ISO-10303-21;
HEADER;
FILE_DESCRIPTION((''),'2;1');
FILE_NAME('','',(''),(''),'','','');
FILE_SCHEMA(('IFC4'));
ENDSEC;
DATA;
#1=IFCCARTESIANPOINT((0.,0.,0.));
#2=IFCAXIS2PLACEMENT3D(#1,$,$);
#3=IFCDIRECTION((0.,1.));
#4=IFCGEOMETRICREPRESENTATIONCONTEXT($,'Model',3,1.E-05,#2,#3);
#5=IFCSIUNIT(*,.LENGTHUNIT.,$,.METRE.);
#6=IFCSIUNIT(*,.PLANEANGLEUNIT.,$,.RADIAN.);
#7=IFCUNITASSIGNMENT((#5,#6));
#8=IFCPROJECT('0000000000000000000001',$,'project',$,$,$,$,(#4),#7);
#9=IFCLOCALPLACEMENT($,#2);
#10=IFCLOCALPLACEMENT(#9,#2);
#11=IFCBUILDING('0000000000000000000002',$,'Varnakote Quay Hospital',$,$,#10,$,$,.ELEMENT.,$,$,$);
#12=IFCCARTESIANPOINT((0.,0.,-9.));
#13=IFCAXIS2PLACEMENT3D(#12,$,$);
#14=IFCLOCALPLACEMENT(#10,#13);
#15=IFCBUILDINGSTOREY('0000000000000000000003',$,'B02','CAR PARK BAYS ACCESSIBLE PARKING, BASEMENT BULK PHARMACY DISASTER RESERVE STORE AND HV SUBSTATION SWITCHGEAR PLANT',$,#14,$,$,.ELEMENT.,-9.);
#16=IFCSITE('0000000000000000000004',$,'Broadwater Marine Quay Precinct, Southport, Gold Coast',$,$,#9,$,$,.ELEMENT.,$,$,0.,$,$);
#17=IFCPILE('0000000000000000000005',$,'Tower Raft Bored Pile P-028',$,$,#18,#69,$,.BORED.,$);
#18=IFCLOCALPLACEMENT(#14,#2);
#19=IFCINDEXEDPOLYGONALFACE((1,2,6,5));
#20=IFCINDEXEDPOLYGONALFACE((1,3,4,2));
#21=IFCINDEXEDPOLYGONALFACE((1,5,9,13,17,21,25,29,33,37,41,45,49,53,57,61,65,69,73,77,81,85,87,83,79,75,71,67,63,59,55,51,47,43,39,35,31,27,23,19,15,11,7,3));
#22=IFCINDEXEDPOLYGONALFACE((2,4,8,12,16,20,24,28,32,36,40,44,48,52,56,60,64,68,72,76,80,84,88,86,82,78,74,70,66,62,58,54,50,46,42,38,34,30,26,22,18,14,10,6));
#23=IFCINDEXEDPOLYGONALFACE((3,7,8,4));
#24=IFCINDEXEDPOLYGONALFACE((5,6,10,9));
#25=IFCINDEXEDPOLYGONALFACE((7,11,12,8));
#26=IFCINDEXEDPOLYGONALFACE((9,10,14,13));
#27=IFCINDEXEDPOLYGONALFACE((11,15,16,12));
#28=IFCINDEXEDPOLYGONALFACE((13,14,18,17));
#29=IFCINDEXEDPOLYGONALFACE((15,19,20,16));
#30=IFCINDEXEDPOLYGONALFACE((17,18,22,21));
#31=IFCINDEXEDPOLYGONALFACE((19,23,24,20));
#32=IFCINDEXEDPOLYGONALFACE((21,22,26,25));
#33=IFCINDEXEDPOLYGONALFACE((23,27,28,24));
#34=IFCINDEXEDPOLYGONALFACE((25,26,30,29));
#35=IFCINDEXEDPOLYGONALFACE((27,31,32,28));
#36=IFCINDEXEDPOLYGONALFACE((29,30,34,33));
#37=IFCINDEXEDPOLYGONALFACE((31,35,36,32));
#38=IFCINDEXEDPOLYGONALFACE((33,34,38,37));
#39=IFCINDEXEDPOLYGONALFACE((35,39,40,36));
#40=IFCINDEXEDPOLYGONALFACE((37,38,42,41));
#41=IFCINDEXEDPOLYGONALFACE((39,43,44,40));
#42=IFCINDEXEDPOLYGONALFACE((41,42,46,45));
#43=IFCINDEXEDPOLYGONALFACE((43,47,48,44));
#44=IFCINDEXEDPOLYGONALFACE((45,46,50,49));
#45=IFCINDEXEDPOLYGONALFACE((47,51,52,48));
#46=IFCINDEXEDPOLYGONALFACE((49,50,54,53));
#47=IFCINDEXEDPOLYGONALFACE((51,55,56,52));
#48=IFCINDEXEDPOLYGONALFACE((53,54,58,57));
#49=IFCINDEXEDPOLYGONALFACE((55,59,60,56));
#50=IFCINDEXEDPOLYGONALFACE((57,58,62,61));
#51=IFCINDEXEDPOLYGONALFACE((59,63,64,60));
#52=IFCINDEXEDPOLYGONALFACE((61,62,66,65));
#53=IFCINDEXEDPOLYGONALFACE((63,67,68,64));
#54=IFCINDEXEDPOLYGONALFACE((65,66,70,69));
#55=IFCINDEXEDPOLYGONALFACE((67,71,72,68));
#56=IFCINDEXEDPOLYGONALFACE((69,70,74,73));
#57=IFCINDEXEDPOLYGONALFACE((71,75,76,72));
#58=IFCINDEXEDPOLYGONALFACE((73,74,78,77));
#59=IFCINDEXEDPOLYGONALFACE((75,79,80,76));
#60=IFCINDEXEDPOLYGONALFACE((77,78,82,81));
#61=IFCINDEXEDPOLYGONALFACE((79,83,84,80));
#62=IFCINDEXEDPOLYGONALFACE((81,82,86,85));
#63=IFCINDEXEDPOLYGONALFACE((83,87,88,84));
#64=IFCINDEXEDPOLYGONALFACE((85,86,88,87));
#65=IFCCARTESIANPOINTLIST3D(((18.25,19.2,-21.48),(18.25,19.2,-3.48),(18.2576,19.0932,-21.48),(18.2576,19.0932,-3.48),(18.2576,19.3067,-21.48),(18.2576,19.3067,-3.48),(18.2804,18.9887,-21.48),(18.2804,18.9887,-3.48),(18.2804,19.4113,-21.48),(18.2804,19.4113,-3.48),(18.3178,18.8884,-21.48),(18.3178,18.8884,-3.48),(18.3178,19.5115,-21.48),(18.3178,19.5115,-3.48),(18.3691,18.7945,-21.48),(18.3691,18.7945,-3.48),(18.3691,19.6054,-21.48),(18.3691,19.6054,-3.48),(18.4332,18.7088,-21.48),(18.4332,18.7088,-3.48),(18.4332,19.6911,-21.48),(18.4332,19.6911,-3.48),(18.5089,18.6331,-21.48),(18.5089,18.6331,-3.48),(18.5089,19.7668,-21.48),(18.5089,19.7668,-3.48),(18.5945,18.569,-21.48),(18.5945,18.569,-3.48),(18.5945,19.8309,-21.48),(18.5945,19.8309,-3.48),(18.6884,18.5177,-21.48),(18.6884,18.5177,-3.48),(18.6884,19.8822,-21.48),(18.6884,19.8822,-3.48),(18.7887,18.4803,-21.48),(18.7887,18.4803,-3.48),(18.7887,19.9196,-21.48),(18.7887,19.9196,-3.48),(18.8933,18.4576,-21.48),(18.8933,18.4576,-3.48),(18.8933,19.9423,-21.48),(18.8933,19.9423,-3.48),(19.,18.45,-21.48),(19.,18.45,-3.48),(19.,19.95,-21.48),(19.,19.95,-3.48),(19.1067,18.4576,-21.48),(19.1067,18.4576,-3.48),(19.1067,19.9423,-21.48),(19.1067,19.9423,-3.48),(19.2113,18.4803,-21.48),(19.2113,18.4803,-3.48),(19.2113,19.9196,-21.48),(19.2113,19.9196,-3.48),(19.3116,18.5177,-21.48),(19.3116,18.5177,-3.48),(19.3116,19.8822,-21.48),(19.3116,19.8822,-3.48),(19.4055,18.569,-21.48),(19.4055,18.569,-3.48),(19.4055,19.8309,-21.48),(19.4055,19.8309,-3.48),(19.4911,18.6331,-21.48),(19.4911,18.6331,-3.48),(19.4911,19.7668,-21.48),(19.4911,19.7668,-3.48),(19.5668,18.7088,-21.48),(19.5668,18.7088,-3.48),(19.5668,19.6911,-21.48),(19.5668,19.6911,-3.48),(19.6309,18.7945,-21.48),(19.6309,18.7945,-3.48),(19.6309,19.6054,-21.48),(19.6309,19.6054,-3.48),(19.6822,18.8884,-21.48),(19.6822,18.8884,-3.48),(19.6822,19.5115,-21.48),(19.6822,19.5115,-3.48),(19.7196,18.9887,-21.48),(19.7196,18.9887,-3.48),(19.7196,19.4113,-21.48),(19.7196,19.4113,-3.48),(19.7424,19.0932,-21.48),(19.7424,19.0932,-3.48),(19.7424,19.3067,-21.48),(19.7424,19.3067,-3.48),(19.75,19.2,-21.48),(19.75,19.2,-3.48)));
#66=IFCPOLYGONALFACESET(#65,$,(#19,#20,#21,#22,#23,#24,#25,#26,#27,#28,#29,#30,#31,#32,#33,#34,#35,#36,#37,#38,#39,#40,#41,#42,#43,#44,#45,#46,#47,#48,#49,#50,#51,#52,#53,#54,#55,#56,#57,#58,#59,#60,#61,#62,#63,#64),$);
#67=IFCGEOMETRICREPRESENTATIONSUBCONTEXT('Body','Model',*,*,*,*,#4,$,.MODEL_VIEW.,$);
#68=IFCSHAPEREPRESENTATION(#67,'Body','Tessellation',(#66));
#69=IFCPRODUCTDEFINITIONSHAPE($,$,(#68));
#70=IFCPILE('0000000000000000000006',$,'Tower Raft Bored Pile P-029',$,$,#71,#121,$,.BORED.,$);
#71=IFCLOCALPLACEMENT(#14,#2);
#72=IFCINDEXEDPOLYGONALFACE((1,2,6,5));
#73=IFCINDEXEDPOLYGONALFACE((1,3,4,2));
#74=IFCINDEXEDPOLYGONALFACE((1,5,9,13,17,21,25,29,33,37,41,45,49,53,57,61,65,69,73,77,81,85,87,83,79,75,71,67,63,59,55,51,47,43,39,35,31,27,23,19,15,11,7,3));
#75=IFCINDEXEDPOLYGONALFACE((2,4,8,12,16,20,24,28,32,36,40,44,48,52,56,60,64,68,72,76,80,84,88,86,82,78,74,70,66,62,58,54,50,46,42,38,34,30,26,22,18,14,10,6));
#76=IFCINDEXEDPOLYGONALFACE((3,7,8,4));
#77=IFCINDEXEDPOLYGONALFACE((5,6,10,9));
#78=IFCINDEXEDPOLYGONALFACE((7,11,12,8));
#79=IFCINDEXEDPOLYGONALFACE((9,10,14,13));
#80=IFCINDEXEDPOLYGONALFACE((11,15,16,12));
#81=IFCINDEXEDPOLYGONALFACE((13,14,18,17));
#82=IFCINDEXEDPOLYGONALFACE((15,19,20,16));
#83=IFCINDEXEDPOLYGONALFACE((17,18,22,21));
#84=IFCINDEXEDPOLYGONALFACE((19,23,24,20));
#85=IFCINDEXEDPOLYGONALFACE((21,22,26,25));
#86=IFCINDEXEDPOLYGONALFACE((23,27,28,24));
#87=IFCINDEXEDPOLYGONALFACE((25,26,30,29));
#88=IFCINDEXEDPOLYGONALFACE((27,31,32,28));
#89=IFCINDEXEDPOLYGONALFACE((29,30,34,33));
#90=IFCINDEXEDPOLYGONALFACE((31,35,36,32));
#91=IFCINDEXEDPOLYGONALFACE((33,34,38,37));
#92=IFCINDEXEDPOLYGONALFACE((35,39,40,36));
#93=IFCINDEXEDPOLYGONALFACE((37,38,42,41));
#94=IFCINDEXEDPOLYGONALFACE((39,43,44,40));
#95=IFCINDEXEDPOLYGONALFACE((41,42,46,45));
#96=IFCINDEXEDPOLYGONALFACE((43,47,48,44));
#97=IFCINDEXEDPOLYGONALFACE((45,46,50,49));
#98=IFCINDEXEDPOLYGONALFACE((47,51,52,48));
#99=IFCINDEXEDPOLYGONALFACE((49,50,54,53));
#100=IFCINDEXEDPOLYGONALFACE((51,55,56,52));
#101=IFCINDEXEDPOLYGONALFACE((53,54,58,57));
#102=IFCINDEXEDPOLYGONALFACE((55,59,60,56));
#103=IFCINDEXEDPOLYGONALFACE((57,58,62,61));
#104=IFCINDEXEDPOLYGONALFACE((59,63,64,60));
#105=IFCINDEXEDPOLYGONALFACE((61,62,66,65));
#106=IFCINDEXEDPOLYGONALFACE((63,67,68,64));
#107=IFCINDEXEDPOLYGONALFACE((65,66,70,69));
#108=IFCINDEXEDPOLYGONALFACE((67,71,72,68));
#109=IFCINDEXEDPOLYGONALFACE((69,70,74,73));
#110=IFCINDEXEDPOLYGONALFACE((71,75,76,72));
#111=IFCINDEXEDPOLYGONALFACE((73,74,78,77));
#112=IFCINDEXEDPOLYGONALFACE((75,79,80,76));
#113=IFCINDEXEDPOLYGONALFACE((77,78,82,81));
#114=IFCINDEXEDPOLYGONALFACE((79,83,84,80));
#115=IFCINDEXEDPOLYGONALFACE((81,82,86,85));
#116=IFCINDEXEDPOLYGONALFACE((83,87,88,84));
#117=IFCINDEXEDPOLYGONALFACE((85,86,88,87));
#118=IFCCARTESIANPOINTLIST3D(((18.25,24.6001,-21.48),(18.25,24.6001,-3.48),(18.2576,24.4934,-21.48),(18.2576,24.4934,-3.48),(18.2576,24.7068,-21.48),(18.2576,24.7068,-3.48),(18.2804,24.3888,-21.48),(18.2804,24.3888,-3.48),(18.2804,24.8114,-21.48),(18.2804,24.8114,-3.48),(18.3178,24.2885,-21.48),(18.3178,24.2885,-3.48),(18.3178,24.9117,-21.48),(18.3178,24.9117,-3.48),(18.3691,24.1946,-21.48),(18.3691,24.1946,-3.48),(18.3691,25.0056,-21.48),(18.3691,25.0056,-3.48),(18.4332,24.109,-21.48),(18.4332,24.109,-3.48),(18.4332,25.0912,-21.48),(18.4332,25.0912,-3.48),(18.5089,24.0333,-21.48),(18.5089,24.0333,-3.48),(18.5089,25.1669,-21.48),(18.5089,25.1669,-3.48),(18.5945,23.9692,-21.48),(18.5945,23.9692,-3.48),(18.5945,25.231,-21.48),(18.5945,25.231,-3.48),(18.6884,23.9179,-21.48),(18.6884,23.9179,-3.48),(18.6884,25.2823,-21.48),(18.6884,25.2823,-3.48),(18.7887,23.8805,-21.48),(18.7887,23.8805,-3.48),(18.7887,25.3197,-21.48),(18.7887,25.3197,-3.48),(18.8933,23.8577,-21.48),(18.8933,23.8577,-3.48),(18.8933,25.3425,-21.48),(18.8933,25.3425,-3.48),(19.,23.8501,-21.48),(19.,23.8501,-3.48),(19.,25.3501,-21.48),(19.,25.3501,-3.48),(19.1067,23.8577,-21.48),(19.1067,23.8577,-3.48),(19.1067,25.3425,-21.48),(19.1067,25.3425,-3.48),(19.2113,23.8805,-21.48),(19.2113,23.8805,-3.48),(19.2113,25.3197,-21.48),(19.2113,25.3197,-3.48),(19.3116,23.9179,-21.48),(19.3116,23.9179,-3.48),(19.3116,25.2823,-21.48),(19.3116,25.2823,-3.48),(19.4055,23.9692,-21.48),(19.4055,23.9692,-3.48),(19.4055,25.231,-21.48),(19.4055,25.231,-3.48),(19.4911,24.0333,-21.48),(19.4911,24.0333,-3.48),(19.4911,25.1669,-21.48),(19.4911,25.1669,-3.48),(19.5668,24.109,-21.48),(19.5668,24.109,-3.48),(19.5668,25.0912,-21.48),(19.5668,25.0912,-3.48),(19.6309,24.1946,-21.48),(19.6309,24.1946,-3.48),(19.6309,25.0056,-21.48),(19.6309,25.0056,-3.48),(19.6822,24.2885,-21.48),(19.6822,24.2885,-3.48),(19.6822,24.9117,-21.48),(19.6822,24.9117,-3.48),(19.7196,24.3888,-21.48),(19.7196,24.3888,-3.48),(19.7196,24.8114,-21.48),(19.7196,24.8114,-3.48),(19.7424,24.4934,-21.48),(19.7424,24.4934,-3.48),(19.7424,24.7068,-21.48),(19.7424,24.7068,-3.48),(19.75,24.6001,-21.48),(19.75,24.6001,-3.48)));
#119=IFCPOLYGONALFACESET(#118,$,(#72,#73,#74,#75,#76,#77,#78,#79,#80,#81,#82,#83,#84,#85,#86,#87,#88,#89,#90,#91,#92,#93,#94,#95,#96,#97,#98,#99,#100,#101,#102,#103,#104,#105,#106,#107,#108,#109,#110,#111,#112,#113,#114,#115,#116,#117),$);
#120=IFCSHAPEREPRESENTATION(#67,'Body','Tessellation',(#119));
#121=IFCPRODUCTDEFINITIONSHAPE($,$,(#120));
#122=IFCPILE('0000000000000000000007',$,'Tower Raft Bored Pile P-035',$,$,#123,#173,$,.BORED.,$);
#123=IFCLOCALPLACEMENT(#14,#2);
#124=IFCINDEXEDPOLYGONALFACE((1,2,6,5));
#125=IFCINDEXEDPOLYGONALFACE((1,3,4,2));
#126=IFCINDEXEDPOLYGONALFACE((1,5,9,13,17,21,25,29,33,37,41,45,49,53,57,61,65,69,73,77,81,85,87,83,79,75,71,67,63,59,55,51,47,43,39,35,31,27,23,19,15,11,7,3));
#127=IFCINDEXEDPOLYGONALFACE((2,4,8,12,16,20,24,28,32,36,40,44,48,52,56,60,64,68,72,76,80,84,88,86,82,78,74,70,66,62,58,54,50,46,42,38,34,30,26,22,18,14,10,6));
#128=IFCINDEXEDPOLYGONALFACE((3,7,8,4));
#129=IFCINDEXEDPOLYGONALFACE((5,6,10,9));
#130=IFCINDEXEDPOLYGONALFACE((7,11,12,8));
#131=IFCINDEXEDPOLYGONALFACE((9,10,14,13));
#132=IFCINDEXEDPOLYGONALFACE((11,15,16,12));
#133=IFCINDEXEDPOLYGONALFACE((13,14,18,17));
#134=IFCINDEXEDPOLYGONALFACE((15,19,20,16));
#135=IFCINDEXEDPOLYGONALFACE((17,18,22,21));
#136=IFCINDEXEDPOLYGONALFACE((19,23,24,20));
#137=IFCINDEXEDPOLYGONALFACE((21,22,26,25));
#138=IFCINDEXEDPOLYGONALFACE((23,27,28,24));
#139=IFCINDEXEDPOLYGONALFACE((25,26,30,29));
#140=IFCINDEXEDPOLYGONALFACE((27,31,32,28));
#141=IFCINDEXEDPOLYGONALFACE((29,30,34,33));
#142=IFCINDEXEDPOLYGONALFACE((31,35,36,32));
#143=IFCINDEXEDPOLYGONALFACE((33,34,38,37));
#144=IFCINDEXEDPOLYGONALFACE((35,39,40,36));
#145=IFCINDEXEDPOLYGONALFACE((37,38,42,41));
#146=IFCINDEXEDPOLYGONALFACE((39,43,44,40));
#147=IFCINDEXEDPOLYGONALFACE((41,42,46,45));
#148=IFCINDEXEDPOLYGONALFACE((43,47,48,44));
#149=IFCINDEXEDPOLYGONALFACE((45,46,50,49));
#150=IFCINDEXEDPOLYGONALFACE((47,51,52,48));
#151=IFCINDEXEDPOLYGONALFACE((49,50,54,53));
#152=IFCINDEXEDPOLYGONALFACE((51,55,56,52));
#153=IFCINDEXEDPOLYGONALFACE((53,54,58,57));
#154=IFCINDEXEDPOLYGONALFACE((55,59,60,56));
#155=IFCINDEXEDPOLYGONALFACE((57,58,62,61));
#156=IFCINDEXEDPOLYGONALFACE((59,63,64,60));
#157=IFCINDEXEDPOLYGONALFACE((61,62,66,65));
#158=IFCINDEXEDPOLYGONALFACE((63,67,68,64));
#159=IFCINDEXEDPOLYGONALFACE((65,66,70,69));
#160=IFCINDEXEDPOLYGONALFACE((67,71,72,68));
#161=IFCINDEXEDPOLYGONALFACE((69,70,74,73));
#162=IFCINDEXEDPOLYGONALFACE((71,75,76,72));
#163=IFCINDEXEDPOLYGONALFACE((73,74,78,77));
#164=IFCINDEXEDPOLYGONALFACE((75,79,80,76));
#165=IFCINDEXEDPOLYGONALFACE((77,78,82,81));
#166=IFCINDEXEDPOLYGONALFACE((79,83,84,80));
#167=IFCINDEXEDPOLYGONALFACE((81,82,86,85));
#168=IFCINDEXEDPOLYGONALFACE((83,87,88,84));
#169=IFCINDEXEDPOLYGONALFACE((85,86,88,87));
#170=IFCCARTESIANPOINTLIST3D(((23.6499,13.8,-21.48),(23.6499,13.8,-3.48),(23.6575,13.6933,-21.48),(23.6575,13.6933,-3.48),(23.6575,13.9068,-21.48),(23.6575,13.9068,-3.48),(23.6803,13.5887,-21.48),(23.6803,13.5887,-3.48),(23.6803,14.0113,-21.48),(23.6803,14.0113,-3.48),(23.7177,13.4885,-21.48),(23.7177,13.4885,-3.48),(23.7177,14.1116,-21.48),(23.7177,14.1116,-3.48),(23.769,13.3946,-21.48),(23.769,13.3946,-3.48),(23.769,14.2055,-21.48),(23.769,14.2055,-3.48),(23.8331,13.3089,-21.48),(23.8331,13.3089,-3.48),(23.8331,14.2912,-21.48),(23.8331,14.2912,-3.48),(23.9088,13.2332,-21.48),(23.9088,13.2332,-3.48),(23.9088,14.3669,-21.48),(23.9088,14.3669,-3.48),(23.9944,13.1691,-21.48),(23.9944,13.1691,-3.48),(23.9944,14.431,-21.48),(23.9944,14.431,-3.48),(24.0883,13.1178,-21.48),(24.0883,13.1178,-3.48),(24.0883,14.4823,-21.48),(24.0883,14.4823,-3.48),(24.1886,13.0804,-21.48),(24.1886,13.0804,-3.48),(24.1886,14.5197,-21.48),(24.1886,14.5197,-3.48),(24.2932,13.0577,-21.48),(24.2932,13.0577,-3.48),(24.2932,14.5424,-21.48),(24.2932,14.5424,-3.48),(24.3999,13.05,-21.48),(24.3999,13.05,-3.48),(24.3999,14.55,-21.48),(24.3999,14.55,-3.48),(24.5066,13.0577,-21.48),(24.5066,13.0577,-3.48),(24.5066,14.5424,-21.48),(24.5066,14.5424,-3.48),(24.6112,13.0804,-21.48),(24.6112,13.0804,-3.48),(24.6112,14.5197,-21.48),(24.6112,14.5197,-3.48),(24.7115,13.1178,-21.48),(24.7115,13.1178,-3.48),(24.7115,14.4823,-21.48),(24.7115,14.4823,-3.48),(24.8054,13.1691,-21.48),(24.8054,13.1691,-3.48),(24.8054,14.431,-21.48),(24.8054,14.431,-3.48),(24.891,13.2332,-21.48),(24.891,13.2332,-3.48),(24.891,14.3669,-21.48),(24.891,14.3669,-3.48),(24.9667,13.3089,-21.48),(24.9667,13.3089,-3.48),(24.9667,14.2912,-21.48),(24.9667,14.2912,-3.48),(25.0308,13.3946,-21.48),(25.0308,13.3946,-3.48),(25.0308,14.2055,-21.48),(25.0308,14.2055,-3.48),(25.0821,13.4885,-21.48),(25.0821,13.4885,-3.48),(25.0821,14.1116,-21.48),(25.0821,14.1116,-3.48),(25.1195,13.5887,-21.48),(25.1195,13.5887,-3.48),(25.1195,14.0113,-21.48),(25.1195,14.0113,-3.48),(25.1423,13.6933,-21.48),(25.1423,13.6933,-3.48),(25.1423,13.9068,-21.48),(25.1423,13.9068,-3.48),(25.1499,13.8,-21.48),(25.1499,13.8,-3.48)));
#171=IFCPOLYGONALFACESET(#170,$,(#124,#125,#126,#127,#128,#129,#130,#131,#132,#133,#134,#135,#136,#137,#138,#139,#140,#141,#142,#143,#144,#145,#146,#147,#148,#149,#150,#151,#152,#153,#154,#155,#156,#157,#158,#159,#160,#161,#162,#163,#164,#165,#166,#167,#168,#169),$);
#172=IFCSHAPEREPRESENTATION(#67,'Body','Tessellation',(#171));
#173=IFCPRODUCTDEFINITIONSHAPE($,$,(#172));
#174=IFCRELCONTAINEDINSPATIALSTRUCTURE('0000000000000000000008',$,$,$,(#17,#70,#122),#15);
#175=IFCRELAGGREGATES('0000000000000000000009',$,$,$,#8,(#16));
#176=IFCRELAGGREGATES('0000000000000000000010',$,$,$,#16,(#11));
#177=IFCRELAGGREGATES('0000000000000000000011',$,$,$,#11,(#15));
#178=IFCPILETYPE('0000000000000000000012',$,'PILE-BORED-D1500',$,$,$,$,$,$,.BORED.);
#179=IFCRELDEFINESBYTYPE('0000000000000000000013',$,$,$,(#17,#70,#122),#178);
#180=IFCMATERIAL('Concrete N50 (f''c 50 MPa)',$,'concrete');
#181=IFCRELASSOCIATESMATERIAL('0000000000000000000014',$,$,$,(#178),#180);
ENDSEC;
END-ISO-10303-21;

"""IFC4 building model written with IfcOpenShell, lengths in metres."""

from ifc_helpers import new_model, si_unit, direction, frame, origin, origin_2d, place, context, subcontext, project, spatial, circle, extrude, material, material_profile, profile_set, type_object, element, save


model = new_model("IFC4")

# Units and contexts
model_context = context("Model", 3, precision=1e-05, world=origin(), true_north=direction((0.0, 1.0)))
body_context = subcontext(model_context, "Body", "Model", "MODEL_VIEW")
ifc_project = project(units=[si_unit("LENGTHUNIT", "METRE"), si_unit("PLANEANGLEUNIT", "RADIAN")], contexts=[model_context])

# Site, building, storey
site_placement = place(None, origin())
site = spatial("IfcSite", under=ifc_project, at=site_placement, Name="Broadwater Marine Quay Precinct, Southport, Gold Coast", CompositionType="ELEMENT", RefElevation=0.0)
building_placement = place(site_placement, origin())
building = spatial("IfcBuilding", under=site, at=building_placement, Name="Varnakote Quay Hospital", CompositionType="ELEMENT")
storey_placement = place(building_placement, frame((0.0, 0.0, -9.0)))
storey = spatial("IfcBuildingStorey", under=building, at=storey_placement, Name="B02", Description="CAR PARK BAYS ACCESSIBLE PARKING, BASEMENT BULK PHARMACY DISASTER RESERVE STORE AND HV SUBSTATION SWITCHGEAR PLANT", CompositionType="ELEMENT", Elevation=-9.0)

# Piles
ifc_material_1 = material(Name="Concrete N50 (f'c 50 MPa)", Category="concrete")
ifc_material_profile_1 = material_profile(ifc_material_1, circle(Radius=0.75, at=origin_2d()), Name="PILE-D1500")
ifc_profile_set_1 = profile_set([ifc_material_profile_1], Name="Concrete N50 (f'c 50 MPa)")
pile_type_1 = type_object("IfcPileType", Name="PILE-BORED-D1500", PredefinedType="BORED", material=ifc_profile_set_1)
for number, where, z_axis, x_axis, name in (
    (1, (19.0, 19.2, -3.48), (0.0, 0.0, -1.0), (1.0, 0.0, 0.0), "Tower Raft Bored Pile P-028"),
    (2, (19.0, 24.6001, -3.48), (0.0, 0.0, -1.0), (1.0, 0.0, 0.0), "Tower Raft Bored Pile P-029"),
    (3, (24.3999, 13.8, -3.48), (0.0, 0.0, -1.0), (1.0, 0.0, 0.0), "Tower Raft Bored Pile P-035"),
):
    element("IfcPile", number, at=place(storey_placement, frame(where, z_axis=z_axis, x_axis=x_axis)), inside=storey, type_object=pile_type_1, Name=name, PredefinedType="BORED", context=body_context, shape_type="SweptSolid", body=[
        extrude(circle(Radius=0.75, at=origin_2d()), origin(), (0.0, 0.0, 1.0), 18.0),
    ])

save(model, "model.ifc")
